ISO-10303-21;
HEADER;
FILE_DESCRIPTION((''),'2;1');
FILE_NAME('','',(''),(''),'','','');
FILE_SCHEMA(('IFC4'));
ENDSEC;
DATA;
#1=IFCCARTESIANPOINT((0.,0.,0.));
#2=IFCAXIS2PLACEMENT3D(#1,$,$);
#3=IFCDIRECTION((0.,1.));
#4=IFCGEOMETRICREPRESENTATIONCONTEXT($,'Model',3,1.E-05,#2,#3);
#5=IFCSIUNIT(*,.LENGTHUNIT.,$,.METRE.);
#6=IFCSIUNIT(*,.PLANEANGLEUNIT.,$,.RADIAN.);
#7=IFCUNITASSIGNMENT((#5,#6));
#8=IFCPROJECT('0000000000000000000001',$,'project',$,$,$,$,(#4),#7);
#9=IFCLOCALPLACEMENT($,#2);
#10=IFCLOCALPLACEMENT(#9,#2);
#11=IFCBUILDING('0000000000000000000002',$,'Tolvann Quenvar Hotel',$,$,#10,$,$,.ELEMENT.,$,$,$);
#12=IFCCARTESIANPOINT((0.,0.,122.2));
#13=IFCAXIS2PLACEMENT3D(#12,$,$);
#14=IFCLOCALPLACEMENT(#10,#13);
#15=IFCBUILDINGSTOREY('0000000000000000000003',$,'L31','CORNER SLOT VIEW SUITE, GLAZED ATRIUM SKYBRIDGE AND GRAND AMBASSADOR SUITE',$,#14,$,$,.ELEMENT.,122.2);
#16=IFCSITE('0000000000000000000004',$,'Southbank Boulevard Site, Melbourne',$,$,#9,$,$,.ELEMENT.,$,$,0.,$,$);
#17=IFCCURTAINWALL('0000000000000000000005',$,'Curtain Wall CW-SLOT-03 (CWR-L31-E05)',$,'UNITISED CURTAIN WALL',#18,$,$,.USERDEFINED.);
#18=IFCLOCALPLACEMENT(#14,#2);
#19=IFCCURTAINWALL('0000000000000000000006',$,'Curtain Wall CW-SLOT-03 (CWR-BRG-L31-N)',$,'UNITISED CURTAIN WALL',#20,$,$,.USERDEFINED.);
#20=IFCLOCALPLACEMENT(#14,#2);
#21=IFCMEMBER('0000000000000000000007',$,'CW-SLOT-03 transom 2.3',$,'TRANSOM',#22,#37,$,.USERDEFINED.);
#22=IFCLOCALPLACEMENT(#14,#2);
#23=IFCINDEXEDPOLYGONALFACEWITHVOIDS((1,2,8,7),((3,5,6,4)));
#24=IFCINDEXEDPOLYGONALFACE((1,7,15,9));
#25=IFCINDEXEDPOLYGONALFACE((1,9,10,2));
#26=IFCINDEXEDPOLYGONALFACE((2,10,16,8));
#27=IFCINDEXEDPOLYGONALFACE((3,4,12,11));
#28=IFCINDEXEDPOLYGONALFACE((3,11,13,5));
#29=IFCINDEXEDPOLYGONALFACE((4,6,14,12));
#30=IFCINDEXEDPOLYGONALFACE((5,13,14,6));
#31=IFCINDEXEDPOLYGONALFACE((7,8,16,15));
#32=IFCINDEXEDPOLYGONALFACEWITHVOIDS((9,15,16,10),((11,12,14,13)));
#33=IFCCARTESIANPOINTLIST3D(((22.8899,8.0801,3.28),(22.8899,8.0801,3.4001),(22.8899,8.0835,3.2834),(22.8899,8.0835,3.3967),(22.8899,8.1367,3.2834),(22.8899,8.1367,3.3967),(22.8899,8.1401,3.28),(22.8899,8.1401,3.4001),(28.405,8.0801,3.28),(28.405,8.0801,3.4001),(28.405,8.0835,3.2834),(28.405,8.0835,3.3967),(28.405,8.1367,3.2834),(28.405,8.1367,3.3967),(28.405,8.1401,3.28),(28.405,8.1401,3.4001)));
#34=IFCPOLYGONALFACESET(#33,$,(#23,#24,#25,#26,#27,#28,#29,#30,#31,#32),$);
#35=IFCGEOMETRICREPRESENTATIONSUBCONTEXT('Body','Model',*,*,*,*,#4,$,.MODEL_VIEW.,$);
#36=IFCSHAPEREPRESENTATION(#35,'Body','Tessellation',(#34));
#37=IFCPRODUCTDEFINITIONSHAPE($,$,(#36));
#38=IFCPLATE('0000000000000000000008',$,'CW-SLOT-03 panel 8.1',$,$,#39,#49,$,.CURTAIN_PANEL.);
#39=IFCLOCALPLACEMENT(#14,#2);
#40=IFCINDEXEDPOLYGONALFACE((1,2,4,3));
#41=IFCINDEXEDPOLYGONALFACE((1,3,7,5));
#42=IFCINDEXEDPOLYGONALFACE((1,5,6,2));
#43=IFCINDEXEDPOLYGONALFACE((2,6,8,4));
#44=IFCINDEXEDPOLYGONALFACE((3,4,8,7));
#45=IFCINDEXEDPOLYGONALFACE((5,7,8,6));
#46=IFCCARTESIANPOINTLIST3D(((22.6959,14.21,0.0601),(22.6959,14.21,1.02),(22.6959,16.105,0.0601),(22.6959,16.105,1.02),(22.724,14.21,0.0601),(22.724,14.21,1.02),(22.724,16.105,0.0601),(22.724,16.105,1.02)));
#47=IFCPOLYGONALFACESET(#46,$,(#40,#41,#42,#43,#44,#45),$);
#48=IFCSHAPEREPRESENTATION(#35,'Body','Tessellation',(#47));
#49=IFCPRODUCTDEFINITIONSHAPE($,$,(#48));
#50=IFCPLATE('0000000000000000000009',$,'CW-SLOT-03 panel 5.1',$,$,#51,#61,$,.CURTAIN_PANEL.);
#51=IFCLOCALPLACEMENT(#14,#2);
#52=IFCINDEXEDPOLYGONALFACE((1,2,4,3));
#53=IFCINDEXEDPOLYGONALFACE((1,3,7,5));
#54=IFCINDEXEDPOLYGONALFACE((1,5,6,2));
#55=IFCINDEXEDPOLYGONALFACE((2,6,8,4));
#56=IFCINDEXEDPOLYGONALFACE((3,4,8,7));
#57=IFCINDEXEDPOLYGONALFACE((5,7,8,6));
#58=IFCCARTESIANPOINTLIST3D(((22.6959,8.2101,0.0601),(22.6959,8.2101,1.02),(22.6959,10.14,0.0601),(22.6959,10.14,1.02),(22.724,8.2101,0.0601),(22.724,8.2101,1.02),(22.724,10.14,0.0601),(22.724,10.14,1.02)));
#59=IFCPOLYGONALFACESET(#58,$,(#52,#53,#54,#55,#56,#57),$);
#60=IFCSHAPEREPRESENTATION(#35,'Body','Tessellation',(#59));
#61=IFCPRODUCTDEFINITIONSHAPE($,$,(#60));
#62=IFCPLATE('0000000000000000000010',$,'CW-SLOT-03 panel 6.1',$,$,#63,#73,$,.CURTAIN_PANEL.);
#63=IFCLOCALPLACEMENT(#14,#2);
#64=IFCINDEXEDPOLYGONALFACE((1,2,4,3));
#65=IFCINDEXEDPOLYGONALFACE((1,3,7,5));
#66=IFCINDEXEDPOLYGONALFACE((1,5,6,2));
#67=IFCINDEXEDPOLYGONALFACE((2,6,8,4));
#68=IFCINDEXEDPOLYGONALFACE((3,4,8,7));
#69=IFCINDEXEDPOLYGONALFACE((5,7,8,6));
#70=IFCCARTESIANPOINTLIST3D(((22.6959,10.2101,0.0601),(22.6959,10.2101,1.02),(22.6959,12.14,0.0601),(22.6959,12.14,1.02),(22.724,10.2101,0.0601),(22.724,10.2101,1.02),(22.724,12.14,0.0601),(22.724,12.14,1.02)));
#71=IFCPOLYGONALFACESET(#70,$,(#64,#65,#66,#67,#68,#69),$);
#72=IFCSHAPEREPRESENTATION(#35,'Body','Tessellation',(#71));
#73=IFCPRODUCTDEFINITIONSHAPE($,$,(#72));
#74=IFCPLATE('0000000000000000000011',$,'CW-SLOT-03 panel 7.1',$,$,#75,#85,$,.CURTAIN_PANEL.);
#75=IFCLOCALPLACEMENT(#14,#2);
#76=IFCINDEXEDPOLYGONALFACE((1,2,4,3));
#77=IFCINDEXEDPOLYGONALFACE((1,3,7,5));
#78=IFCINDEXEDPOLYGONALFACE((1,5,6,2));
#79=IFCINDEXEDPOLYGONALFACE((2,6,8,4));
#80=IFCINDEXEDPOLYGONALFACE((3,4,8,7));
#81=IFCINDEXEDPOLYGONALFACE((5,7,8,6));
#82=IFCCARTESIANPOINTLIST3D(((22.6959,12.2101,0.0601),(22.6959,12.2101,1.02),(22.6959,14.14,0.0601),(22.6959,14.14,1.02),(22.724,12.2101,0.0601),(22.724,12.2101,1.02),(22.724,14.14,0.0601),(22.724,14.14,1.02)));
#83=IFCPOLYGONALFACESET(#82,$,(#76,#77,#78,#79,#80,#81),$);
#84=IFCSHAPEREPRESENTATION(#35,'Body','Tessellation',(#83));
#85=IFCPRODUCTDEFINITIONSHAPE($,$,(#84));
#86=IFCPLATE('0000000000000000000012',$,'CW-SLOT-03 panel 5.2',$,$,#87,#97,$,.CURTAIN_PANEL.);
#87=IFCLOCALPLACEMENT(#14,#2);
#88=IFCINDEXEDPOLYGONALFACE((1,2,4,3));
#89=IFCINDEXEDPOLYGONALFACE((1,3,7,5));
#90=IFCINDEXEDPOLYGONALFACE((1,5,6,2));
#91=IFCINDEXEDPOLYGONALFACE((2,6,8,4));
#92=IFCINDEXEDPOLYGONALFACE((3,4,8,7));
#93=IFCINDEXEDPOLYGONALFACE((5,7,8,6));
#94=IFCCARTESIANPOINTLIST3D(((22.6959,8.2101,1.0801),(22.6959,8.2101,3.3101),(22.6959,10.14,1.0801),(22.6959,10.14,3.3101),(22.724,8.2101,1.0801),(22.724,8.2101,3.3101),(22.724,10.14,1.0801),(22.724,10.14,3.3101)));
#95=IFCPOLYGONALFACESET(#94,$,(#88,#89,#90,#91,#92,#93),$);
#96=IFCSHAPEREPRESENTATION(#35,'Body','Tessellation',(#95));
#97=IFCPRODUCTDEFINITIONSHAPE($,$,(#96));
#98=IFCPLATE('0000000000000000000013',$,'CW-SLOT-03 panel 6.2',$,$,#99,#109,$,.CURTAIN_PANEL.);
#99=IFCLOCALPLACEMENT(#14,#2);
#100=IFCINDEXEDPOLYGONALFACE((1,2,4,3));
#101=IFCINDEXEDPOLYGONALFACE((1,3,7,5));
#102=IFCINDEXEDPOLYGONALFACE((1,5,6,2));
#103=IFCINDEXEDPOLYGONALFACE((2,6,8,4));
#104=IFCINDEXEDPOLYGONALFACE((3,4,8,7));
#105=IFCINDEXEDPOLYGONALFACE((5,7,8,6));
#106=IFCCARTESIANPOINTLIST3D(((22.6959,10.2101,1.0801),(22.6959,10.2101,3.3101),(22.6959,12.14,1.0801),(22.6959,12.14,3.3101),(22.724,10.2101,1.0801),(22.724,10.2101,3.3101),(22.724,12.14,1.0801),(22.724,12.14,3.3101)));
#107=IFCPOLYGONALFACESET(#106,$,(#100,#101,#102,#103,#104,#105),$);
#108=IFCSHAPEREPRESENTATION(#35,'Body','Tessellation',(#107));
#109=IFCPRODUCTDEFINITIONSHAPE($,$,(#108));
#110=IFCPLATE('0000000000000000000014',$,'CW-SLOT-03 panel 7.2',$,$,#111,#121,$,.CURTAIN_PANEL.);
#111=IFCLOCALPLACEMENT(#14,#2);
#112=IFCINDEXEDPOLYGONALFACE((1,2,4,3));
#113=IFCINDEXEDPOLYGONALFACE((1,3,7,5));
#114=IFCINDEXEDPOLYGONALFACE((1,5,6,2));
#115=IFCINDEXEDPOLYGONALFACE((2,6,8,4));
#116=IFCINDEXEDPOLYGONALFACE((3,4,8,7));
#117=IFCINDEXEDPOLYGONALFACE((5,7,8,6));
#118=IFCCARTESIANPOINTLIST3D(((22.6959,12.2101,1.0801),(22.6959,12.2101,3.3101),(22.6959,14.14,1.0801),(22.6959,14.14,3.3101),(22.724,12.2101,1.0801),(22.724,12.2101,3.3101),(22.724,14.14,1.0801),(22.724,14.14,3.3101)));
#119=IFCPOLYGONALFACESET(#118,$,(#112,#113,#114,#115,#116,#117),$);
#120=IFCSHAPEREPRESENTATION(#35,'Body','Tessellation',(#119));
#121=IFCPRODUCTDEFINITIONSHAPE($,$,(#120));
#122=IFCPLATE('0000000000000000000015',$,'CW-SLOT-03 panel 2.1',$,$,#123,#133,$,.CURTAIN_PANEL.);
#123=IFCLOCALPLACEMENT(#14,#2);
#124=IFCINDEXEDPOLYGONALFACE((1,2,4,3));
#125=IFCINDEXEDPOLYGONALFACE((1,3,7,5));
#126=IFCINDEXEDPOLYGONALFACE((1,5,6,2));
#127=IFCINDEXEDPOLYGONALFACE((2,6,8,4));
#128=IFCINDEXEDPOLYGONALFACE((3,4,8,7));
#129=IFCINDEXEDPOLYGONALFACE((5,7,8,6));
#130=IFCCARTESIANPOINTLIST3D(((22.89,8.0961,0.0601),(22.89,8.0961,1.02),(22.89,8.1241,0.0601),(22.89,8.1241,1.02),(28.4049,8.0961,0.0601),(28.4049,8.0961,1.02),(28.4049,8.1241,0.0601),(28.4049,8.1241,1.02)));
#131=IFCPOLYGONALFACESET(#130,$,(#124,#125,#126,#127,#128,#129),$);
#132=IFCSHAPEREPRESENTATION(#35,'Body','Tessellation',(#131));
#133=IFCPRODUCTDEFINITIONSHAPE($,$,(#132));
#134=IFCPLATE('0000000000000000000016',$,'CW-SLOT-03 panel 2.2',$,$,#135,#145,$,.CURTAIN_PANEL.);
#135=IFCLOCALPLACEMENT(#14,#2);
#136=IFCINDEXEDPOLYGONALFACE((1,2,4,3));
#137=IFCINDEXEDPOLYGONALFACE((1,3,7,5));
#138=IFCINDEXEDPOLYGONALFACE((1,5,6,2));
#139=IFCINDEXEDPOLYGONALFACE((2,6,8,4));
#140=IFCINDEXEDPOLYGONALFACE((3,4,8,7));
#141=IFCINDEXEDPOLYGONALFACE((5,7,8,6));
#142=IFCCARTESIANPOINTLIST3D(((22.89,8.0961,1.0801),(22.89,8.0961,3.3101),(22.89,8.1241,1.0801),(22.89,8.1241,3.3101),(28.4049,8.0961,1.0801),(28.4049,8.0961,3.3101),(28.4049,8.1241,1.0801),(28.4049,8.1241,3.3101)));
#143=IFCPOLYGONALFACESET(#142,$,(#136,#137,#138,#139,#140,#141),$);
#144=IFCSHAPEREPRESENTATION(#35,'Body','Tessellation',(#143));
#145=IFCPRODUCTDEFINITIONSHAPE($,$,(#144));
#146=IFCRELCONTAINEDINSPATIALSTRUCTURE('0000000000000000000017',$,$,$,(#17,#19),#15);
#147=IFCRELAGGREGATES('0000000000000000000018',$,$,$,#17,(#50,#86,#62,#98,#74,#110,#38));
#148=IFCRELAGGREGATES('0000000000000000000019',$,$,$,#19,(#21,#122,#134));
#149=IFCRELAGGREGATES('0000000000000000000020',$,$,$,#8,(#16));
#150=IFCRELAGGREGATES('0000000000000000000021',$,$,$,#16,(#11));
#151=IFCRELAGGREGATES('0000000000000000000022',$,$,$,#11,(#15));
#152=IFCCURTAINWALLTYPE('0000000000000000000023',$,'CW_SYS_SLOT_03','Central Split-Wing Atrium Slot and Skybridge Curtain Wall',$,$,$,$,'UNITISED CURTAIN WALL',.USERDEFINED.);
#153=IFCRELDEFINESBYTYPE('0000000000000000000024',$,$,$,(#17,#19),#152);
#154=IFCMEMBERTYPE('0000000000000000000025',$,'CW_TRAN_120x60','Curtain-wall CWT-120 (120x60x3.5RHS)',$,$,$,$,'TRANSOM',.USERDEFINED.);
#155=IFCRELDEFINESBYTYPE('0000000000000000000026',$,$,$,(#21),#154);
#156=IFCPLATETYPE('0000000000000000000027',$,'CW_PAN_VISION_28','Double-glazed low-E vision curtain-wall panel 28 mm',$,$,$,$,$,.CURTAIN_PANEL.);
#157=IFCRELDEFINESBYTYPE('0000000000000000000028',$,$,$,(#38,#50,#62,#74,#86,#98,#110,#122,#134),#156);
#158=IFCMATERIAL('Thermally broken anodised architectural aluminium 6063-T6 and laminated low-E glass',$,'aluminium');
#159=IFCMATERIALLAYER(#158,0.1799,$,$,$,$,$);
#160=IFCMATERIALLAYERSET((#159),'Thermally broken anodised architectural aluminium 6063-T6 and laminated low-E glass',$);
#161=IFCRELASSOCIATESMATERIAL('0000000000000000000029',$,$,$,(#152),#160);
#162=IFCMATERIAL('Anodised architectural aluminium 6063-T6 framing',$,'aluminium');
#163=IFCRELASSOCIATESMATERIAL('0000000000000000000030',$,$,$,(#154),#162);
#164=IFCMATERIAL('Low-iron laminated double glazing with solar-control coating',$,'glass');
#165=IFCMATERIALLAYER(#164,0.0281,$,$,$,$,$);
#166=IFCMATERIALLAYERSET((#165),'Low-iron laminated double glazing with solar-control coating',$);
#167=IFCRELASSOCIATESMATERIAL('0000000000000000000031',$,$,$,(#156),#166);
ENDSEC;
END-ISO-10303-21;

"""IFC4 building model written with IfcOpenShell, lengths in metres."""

from ifc_helpers import new_model, si_unit, direction, frame, origin, origin_2d, place, context, subcontext, project, spatial, rectangle, hollow_rectangle, extrude, source, transform, mapped, material, layer, layer_set, material_profile, profile_set, type_object, type_shapes, element, aggregate, save


model = new_model("IFC4")

# Units and contexts
model_context = context("Model", 3, precision=1e-05, world=origin(), true_north=direction((0.0, 1.0)))
body_context = subcontext(model_context, "Body", "Model", "MODEL_VIEW")
ifc_project = project(units=[si_unit("LENGTHUNIT", "METRE"), si_unit("PLANEANGLEUNIT", "RADIAN")], contexts=[model_context])

# Site, building, storey
site_placement = place(None, origin())
site = spatial("IfcSite", under=ifc_project, at=site_placement, Name="Southbank Boulevard Site, Melbourne", CompositionType="ELEMENT", RefElevation=0.0)
building_placement = place(site_placement, origin())
building = spatial("IfcBuilding", under=site, at=building_placement, Name="Tolvann Quenvar Hotel", CompositionType="ELEMENT")
storey_placement = place(building_placement, frame((0.0, 0.0, 122.2)))
storey = spatial("IfcBuildingStorey", under=building, at=storey_placement, Name="L31", Description="CORNER SLOT VIEW SUITE, GLAZED ATRIUM SKYBRIDGE AND GRAND AMBASSADOR SUITE", CompositionType="ELEMENT", Elevation=122.2)

# Curtain walls
ifc_material_1 = material(Name="Thermally broken anodised architectural aluminium 6063-T6 and laminated low-E glass", Category="aluminium")
ifc_layer_1 = layer(ifc_material_1, 0.1799)
ifc_layer_set_1 = layer_set([ifc_layer_1], Name="Thermally broken anodised architectural aluminium 6063-T6 and laminated low-E glass")
curtain_wall_type = type_object("IfcCurtainWallType", Name="CW_SYS_SLOT_03", Description="Central Split-Wing Atrium Slot and Skybridge Curtain Wall", ElementType="UNITISED CURTAIN WALL", PredefinedType="USERDEFINED", material=ifc_layer_set_1)
curtain_wall_1_placement = place(storey_placement, origin())
curtain_wall_1 = element("IfcCurtainWall", 1, at=curtain_wall_1_placement, inside=storey, type_object=curtain_wall_type, Name="Curtain Wall CW-SLOT-03 (CWR-L31-E05)", ObjectType="UNITISED CURTAIN WALL", PredefinedType="USERDEFINED")
ifc_material_2 = material(Name="Anodised architectural aluminium 6063-T6 framing", Category="aluminium")
curtain_wall_2_placement = place(storey_placement, origin())
curtain_wall_2 = element("IfcCurtainWall", 2, at=curtain_wall_2_placement, inside=storey, type_object=curtain_wall_type, Name="Curtain Wall CW-SLOT-03 (CWR-BRG-L31-N)", ObjectType="UNITISED CURTAIN WALL", PredefinedType="USERDEFINED")

# Member
ifc_material_profile_1 = material_profile(ifc_material_2, hollow_rectangle(XDim=0.0601, YDim=0.1201, WallThickness=0.0034, at=origin_2d()), Name="120x60x3.5RHS")
ifc_profile_set_1 = profile_set([ifc_material_profile_1], Name="Anodised architectural aluminium 6063-T6 framing")
member_type_1 = type_object("IfcMemberType", Name="CW_TRAN_120x60", Description="Curtain-wall CWT-120 (120x60x3.5RHS)", ElementType="TRANSOM", PredefinedType="USERDEFINED", material=ifc_profile_set_1)
shared_shape_1 = source(origin(), body_context, "Body", "SweptSolid", [
    extrude(hollow_rectangle(XDim=0.0601, YDim=0.1201, WallThickness=0.0034, at=origin_2d()), origin(), (0.0, 0.0, 1.0), 5.5151),
])
member_1_placement = place(storey_placement, frame((28.405, 8.1101, 3.3401), z_axis=(-1.0, 0.0, 0.0), x_axis=(0.0, -1.0, 0.0)))
member_1 = element("IfcMember", 3, at=member_1_placement, type_object=member_type_1, Name="CW-SLOT-03 transom 2.3", ObjectType="TRANSOM", PredefinedType="USERDEFINED", context=body_context, shape_type="MappedRepresentation", body=[
    mapped(shared_shape_1, transform((0.0, 0.0, 0.0), x_axis=(1.0, 0.0, 0.0), y_axis=(0.0, 1.0, 0.0), z_axis=(0.0, 0.0, 1.0), scale=1.0)),
])

# Plates
ifc_material_3 = material(Name="Low-iron laminated double glazing with solar-control coating", Category="glass")
ifc_layer_2 = layer(ifc_material_3, 0.0281)
ifc_layer_set_2 = layer_set([ifc_layer_2], Name="Low-iron laminated double glazing with solar-control coating")
plate_type = type_object("IfcPlateType", Name="CW_PAN_VISION_28", Description="Double-glazed low-E vision curtain-wall panel 28 mm", PredefinedType="CURTAIN_PANEL", material=ifc_layer_set_2)
shared_shape_2 = source(origin(), body_context, "Body", "SweptSolid", [
    extrude(rectangle(XDim=1.895, YDim=0.0281, at=origin_2d()), origin(), (0.0, 0.0, 1.0), 0.96),
])
plate_1_placement = place(storey_placement, frame((22.71, 15.1575, 0.0601), z_axis=(0.0, 0.0, 1.0), x_axis=(0.0, 1.0, 0.0)))
plate_1 = element("IfcPlate", 4, at=plate_1_placement, type_object=plate_type, Name="CW-SLOT-03 panel 8.1", PredefinedType="CURTAIN_PANEL", context=body_context, shape_type="MappedRepresentation", body=[
    mapped(shared_shape_2, transform((0.0, 0.0, 0.0), x_axis=(1.0, 0.0, 0.0), y_axis=(0.0, 1.0, 0.0), z_axis=(0.0, 0.0, 1.0), scale=1.0)),
])
shared_shape_3 = source(origin(), body_context, "Body", "SweptSolid", [
    extrude(rectangle(XDim=1.9299, YDim=0.0281, at=origin_2d()), origin(), (0.0, 0.0, 1.0), 0.96),
])
plate_2_placement = place(storey_placement, frame((22.71, 9.175, 0.0601), z_axis=(0.0, 0.0, 1.0), x_axis=(0.0, 1.0, 0.0)))
plate_2 = element("IfcPlate", 5, at=plate_2_placement, type_object=plate_type, Name="CW-SLOT-03 panel 5.1", PredefinedType="CURTAIN_PANEL", context=body_context, shape_type="MappedRepresentation", body=[
    mapped(shared_shape_3, transform((0.0, 0.0, 0.0), x_axis=(1.0, 0.0, 0.0), y_axis=(0.0, 1.0, 0.0), z_axis=(0.0, 0.0, 1.0), scale=1.0)),
])
plate_3_placement = place(storey_placement, frame((22.71, 11.175, 0.0601), z_axis=(0.0, 0.0, 1.0), x_axis=(0.0, 1.0, 0.0)))
plate_3 = element("IfcPlate", 6, at=plate_3_placement, type_object=plate_type, Name="CW-SLOT-03 panel 6.1", PredefinedType="CURTAIN_PANEL", context=body_context, shape_type="MappedRepresentation", body=[
    mapped(shared_shape_3, transform((0.0, 0.0, 0.0), x_axis=(1.0, 0.0, 0.0), y_axis=(0.0, 1.0, 0.0), z_axis=(0.0, 0.0, 1.0), scale=1.0)),
])
plate_4_placement = place(storey_placement, frame((22.71, 13.175, 0.0601), z_axis=(0.0, 0.0, 1.0), x_axis=(0.0, 1.0, 0.0)))
plate_4 = element("IfcPlate", 7, at=plate_4_placement, type_object=plate_type, Name="CW-SLOT-03 panel 7.1", PredefinedType="CURTAIN_PANEL", context=body_context, shape_type="MappedRepresentation", body=[
    mapped(shared_shape_3, transform((0.0, 0.0, 0.0), x_axis=(1.0, 0.0, 0.0), y_axis=(0.0, 1.0, 0.0), z_axis=(0.0, 0.0, 1.0), scale=1.0)),
])
shared_shape_4 = source(origin(), body_context, "Body", "SweptSolid", [
    extrude(rectangle(XDim=1.9299, YDim=0.0281, at=origin_2d()), origin(), (0.0, 0.0, 1.0), 2.23),
])
plate_5_placement = place(storey_placement, frame((22.71, 9.175, 1.0801), z_axis=(0.0, 0.0, 1.0), x_axis=(0.0, 1.0, 0.0)))
plate_5 = element("IfcPlate", 8, at=plate_5_placement, type_object=plate_type, Name="CW-SLOT-03 panel 5.2", PredefinedType="CURTAIN_PANEL", context=body_context, shape_type="MappedRepresentation", body=[
    mapped(shared_shape_4, transform((0.0, 0.0, 0.0), x_axis=(1.0, 0.0, 0.0), y_axis=(0.0, 1.0, 0.0), z_axis=(0.0, 0.0, 1.0), scale=1.0)),
])
plate_6_placement = place(storey_placement, frame((22.71, 11.175, 1.0801), z_axis=(0.0, 0.0, 1.0), x_axis=(0.0, 1.0, 0.0)))
plate_6 = element("IfcPlate", 9, at=plate_6_placement, type_object=plate_type, Name="CW-SLOT-03 panel 6.2", PredefinedType="CURTAIN_PANEL", context=body_context, shape_type="MappedRepresentation", body=[
    mapped(shared_shape_4, transform((0.0, 0.0, 0.0), x_axis=(1.0, 0.0, 0.0), y_axis=(0.0, 1.0, 0.0), z_axis=(0.0, 0.0, 1.0), scale=1.0)),
])
plate_7_placement = place(storey_placement, frame((22.71, 13.175, 1.0801), z_axis=(0.0, 0.0, 1.0), x_axis=(0.0, 1.0, 0.0)))
plate_7 = element("IfcPlate", 10, at=plate_7_placement, type_object=plate_type, Name="CW-SLOT-03 panel 7.2", PredefinedType="CURTAIN_PANEL", context=body_context, shape_type="MappedRepresentation", body=[
    mapped(shared_shape_4, transform((0.0, 0.0, 0.0), x_axis=(1.0, 0.0, 0.0), y_axis=(0.0, 1.0, 0.0), z_axis=(0.0, 0.0, 1.0), scale=1.0)),
])
aggregate(curtain_wall_1, [plate_2, plate_5, plate_3, plate_6, plate_4, plate_7, plate_1])
shared_shape_5 = source(origin(), body_context, "Body", "SweptSolid", [
    extrude(rectangle(XDim=5.5149, YDim=0.0281, at=origin_2d()), origin(), (0.0, 0.0, 1.0), 0.96),
])
plate_8_placement = place(storey_placement, frame((25.6475, 8.1101, 0.0601), z_axis=(0.0, 0.0, 1.0), x_axis=(-1.0, 0.0, 0.0)))
plate_8 = element("IfcPlate", 11, at=plate_8_placement, type_object=plate_type, Name="CW-SLOT-03 panel 2.1", PredefinedType="CURTAIN_PANEL", context=body_context, shape_type="MappedRepresentation", body=[
    mapped(shared_shape_5, transform((0.0, 0.0, 0.0), x_axis=(1.0, 0.0, 0.0), y_axis=(0.0, 1.0, 0.0), z_axis=(0.0, 0.0, 1.0), scale=1.0)),
])
shared_shape_6 = source(origin(), body_context, "Body", "SweptSolid", [
    extrude(rectangle(XDim=5.5149, YDim=0.0281, at=origin_2d()), origin(), (0.0, 0.0, 1.0), 2.23),
])
type_shapes(plate_type, [shared_shape_2, shared_shape_3, shared_shape_4, shared_shape_5, shared_shape_6])
plate_9_placement = place(storey_placement, frame((25.6475, 8.1101, 1.0801), z_axis=(0.0, 0.0, 1.0), x_axis=(-1.0, 0.0, 0.0)))
plate_9 = element("IfcPlate", 12, at=plate_9_placement, type_object=plate_type, Name="CW-SLOT-03 panel 2.2", PredefinedType="CURTAIN_PANEL", context=body_context, shape_type="MappedRepresentation", body=[
    mapped(shared_shape_6, transform((0.0, 0.0, 0.0), x_axis=(1.0, 0.0, 0.0), y_axis=(0.0, 1.0, 0.0), z_axis=(0.0, 0.0, 1.0), scale=1.0)),
])
aggregate(curtain_wall_2, [member_1, plate_8, plate_9])

save(model, "model.ifc")
